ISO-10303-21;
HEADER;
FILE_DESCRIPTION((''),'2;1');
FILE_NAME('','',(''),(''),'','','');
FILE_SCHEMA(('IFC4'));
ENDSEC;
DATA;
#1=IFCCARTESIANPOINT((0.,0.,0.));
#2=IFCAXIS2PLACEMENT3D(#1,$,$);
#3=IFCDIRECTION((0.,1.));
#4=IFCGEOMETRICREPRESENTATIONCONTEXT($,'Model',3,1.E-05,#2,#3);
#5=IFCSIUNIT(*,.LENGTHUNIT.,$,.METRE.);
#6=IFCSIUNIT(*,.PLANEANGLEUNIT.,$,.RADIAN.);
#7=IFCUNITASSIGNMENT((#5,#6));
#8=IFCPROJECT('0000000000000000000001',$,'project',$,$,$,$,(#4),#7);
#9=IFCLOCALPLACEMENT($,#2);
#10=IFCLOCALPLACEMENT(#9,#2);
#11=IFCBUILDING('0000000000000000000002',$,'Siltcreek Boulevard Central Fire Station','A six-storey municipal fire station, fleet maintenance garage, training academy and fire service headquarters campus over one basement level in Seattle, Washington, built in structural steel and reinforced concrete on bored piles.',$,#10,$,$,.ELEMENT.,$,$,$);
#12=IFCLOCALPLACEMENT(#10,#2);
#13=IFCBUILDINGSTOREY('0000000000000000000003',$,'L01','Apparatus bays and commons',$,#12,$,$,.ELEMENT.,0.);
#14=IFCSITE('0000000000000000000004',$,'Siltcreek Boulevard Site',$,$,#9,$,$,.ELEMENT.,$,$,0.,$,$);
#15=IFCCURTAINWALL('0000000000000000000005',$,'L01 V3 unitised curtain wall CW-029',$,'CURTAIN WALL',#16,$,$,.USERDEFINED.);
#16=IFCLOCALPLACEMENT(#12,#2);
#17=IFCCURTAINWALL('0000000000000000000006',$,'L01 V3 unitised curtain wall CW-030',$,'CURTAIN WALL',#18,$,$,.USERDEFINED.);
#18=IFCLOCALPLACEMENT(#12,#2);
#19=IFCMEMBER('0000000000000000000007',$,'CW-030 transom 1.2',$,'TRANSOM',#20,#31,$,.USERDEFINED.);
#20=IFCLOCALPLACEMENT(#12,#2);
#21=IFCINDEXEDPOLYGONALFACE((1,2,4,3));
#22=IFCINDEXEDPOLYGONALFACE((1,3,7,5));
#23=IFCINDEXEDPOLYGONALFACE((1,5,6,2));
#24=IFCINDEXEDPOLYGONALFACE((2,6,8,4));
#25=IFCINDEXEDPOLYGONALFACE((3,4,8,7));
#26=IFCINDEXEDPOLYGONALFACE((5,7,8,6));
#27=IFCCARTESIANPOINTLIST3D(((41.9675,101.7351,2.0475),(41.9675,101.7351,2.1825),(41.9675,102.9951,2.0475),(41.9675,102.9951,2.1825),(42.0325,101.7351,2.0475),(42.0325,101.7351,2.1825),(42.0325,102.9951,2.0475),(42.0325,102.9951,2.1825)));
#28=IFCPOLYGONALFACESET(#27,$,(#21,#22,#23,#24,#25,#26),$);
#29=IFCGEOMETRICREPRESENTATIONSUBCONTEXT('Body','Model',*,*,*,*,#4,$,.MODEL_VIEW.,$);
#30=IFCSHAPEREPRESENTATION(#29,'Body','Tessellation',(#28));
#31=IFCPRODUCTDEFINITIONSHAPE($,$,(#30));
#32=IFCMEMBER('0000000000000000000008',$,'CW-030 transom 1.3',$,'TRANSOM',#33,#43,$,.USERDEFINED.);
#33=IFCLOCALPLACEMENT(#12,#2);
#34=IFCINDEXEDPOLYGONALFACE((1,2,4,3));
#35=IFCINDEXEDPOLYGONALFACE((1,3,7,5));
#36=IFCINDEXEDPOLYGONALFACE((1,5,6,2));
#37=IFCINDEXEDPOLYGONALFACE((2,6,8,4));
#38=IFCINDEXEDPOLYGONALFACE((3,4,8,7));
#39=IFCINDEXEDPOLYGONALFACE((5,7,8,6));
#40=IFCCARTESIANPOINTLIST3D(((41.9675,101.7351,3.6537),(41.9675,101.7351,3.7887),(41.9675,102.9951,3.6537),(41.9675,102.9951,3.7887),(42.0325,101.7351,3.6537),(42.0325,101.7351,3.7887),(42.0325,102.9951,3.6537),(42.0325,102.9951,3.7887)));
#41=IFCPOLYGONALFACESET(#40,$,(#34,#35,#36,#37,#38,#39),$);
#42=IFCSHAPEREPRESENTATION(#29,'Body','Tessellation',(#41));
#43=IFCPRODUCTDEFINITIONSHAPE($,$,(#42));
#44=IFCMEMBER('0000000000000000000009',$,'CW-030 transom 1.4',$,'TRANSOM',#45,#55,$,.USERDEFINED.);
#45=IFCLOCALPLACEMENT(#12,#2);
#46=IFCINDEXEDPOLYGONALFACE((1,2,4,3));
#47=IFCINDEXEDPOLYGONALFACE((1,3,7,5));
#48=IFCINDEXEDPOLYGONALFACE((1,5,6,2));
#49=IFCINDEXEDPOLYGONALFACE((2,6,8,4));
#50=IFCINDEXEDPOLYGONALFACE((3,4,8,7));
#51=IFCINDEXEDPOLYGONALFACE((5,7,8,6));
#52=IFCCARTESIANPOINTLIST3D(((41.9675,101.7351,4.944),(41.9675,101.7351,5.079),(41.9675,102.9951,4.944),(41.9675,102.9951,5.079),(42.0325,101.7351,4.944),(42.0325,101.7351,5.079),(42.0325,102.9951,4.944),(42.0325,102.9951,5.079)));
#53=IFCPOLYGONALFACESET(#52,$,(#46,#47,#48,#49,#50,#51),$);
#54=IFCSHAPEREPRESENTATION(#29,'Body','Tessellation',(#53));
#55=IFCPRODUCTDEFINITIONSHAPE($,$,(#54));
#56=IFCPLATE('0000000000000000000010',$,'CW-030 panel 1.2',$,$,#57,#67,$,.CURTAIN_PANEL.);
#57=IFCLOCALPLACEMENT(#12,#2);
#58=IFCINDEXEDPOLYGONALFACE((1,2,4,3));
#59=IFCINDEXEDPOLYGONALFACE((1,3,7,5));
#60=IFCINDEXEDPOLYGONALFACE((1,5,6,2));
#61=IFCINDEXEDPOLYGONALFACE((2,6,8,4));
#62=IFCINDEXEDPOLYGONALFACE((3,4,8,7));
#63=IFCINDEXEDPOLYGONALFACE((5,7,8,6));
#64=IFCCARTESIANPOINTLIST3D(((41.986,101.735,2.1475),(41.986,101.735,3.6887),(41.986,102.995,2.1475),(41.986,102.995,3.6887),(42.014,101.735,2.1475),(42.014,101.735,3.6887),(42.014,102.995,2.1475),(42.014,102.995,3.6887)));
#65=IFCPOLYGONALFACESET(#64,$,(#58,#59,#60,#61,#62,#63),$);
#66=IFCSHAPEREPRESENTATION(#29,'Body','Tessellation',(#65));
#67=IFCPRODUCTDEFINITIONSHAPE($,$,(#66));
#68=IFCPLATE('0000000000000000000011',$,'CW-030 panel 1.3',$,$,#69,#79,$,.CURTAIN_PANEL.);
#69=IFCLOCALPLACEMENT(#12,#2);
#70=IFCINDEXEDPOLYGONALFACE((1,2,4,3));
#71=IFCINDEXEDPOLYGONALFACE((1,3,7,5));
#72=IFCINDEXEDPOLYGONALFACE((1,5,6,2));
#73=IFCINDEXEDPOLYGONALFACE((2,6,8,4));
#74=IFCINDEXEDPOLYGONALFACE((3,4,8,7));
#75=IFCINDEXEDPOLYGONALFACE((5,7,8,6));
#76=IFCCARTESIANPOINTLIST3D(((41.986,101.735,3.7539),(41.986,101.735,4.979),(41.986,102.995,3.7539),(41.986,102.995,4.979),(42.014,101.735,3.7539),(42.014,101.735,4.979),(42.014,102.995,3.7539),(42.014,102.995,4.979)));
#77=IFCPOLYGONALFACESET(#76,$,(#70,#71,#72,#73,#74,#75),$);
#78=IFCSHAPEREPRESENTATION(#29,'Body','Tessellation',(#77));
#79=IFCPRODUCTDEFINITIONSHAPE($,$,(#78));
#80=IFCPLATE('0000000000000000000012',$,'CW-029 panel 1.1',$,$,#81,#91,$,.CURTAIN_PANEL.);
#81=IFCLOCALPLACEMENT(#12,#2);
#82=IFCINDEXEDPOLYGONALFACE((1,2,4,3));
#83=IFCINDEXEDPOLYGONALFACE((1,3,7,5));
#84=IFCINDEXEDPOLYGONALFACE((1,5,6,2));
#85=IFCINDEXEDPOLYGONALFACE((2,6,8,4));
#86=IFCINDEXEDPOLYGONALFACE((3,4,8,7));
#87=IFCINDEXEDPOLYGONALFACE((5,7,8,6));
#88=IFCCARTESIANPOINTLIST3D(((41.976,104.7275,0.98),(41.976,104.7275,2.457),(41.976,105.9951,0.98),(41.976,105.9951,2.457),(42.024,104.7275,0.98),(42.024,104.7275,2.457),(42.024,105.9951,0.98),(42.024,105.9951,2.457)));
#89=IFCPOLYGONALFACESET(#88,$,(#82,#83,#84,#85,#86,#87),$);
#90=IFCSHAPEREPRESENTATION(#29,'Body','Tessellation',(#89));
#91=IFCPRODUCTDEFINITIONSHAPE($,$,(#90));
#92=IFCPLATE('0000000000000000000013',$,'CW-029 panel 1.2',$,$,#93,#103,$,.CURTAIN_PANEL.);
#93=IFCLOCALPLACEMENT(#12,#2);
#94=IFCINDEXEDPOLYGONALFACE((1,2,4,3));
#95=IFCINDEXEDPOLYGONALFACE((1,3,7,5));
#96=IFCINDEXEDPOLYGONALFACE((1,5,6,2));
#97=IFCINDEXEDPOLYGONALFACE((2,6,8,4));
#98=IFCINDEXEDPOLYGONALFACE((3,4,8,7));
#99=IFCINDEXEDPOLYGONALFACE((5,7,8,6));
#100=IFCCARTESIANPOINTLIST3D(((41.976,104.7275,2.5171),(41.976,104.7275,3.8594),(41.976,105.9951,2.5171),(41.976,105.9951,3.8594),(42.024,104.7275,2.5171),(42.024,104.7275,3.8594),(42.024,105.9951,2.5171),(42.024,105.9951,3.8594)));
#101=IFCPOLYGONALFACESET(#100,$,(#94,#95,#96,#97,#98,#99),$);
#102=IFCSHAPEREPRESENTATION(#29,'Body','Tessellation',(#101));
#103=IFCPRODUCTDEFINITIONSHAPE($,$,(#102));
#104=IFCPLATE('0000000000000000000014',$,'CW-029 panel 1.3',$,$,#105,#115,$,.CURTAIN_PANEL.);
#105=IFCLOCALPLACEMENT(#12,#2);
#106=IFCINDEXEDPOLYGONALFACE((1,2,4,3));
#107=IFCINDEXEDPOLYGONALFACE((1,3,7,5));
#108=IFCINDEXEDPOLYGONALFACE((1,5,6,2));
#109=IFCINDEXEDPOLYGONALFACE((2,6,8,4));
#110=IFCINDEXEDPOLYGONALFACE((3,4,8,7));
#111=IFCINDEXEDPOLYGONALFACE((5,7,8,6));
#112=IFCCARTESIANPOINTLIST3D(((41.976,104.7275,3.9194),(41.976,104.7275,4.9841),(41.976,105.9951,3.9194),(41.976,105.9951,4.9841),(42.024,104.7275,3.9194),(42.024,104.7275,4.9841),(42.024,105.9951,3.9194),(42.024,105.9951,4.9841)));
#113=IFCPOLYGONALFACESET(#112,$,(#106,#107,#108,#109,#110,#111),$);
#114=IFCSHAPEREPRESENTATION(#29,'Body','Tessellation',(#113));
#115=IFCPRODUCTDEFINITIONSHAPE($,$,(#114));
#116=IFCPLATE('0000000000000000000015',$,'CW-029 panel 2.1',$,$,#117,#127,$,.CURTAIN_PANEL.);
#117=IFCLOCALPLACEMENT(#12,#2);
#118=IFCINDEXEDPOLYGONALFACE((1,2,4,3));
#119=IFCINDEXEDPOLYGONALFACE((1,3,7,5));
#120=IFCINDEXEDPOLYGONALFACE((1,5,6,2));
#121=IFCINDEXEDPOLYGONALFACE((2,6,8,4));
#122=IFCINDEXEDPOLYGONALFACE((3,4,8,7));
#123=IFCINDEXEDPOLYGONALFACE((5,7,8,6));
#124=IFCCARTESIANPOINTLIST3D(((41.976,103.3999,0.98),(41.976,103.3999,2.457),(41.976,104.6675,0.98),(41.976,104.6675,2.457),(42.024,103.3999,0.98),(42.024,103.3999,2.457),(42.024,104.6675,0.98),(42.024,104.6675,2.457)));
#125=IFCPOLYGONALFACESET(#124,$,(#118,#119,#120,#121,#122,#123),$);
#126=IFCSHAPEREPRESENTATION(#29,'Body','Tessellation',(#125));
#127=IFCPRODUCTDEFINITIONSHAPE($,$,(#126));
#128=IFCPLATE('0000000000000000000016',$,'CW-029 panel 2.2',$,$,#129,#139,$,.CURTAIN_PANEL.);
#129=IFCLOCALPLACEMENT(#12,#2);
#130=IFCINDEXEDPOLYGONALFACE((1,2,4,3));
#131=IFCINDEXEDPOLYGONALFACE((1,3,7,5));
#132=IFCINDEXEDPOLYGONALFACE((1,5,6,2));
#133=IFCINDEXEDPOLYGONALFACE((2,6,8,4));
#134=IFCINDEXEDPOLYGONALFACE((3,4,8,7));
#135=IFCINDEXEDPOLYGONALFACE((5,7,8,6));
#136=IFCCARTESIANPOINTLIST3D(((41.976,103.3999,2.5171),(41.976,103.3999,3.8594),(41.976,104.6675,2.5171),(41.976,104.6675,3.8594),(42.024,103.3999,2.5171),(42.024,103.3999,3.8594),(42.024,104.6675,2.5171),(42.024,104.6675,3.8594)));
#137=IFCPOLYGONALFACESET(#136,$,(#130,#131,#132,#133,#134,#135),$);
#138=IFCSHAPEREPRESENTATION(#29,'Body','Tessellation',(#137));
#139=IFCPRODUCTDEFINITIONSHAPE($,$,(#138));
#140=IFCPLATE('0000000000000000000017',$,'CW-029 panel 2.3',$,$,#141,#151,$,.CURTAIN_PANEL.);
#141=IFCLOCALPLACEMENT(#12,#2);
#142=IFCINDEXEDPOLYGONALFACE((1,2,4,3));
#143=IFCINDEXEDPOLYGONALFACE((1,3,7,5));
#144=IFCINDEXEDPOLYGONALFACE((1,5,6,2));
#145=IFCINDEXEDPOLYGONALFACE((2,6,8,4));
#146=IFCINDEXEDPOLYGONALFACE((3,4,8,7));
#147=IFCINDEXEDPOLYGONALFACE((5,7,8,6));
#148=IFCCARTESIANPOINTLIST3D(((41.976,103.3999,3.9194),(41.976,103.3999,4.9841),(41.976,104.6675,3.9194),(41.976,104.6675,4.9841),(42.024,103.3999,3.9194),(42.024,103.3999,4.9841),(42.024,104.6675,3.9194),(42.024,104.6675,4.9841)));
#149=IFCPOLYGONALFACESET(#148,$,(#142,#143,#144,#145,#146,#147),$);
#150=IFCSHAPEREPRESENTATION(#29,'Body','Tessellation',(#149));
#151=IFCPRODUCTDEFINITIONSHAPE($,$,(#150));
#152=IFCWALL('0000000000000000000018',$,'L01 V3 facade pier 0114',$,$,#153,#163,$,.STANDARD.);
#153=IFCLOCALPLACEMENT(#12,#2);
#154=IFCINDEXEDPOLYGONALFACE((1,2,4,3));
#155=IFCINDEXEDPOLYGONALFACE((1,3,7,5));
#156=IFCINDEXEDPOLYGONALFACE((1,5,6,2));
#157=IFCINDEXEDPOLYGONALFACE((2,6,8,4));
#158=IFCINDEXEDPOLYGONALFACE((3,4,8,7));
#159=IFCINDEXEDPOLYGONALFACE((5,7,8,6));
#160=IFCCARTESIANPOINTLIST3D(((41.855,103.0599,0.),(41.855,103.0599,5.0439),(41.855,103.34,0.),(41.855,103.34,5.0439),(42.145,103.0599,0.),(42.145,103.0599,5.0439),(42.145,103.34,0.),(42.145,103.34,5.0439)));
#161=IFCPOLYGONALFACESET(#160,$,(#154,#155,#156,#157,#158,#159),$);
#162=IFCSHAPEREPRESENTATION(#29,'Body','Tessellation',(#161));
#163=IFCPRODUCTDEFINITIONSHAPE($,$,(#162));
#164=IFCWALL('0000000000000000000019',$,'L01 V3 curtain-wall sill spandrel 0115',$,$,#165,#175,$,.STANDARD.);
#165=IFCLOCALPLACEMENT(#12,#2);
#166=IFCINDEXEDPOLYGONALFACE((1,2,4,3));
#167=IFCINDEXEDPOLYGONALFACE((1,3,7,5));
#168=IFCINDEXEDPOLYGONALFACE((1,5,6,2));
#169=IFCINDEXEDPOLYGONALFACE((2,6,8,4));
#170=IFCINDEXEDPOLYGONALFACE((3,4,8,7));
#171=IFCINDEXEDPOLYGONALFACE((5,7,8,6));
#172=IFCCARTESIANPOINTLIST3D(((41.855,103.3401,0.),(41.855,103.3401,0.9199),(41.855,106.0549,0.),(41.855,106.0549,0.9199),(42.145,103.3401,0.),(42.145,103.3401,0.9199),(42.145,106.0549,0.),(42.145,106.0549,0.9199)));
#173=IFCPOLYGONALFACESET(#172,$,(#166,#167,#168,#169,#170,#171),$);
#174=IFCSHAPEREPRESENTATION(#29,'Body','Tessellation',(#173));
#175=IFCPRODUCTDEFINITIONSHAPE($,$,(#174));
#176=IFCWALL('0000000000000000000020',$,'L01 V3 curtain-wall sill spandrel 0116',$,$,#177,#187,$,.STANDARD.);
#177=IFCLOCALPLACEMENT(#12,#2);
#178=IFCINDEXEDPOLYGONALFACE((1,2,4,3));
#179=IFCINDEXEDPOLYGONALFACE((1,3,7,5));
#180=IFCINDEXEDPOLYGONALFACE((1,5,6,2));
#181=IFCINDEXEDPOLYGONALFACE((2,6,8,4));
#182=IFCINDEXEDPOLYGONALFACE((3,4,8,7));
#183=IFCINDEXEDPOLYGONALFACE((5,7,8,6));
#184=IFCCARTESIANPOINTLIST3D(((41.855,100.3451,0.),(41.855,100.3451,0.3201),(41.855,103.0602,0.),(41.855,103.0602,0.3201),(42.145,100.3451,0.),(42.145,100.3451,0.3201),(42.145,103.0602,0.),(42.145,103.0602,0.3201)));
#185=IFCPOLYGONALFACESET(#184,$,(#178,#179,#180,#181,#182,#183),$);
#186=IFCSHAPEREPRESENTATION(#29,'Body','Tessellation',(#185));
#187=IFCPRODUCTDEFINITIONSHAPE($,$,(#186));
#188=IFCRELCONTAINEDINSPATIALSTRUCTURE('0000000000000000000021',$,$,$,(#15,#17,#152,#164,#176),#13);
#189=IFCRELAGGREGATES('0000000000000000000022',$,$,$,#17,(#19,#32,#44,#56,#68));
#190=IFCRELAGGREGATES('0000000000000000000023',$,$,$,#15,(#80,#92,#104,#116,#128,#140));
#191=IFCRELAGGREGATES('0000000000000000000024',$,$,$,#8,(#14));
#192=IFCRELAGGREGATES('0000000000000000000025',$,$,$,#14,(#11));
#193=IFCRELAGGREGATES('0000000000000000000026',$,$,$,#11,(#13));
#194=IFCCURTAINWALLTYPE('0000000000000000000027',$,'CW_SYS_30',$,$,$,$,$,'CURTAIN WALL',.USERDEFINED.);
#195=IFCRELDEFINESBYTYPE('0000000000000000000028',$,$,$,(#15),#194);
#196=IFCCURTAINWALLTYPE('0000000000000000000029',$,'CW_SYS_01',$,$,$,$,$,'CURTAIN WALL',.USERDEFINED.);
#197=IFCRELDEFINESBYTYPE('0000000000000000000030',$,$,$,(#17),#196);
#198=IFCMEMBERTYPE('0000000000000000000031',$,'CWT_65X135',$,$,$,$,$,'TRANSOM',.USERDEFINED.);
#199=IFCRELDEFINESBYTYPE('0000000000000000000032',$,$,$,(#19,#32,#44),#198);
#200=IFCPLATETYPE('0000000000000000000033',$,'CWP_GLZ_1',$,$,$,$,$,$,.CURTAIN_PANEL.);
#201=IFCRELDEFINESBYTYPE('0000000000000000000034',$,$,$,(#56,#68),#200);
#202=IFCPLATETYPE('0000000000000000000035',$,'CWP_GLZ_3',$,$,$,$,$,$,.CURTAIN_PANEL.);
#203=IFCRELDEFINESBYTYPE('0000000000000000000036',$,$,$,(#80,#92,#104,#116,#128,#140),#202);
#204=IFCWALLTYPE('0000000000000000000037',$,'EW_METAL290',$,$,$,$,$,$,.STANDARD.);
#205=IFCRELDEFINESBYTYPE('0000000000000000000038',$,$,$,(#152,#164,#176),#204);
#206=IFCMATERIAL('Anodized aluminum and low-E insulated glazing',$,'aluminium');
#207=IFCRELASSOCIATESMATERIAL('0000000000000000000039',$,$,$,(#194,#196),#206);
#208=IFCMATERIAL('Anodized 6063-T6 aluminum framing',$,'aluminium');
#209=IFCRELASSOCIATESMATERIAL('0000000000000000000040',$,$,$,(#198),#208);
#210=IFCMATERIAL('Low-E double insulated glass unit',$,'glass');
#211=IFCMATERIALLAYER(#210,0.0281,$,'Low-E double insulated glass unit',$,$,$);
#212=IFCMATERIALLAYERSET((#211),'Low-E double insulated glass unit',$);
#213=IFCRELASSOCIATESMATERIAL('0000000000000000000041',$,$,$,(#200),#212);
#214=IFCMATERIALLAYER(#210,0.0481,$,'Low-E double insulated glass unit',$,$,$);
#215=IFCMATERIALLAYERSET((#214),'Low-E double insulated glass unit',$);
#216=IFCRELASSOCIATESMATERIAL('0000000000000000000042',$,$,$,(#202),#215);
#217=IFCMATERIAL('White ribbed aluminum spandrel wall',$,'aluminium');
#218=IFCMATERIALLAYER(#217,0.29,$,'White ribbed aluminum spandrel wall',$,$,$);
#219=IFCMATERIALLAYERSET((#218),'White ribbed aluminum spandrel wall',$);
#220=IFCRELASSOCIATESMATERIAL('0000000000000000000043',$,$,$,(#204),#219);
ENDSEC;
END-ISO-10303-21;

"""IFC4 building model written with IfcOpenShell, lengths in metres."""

from ifc_helpers import new_model, si_unit, direction, frame, frame_2d, origin, origin_2d, place, context, subcontext, project, spatial, rectangle, extrude, material, layer, layer_set, material_profile, profile_set, type_object, element, aggregate, save


model = new_model("IFC4")

# Units and contexts
model_context = context("Model", 3, precision=1e-05, world=origin(), true_north=direction((0.0, 1.0)))
body_context = subcontext(model_context, "Body", "Model", "MODEL_VIEW")
ifc_project = project(units=[si_unit("LENGTHUNIT", "METRE"), si_unit("PLANEANGLEUNIT", "RADIAN")], contexts=[model_context])

# Site, building, storey
site_placement = place(None, origin())
site = spatial("IfcSite", under=ifc_project, at=site_placement, Name="Siltcreek Boulevard Site", CompositionType="ELEMENT", RefElevation=0.0)
building_placement = place(site_placement, origin())
building = spatial("IfcBuilding", under=site, at=building_placement, Name="Siltcreek Boulevard Central Fire Station", Description="A six-storey municipal fire station, fleet maintenance garage, training academy and fire service headquarters campus over one basement level in Seattle, Washington, built in structural steel and reinforced concrete on bored piles.", CompositionType="ELEMENT")
storey_placement = place(building_placement, origin())
storey = spatial("IfcBuildingStorey", under=building, at=storey_placement, Name="L01", Description="Apparatus bays and commons", CompositionType="ELEMENT", Elevation=0.0)

# Curtain wall
ifc_material_1 = material(Name="Anodized aluminum and low-E insulated glazing", Category="aluminium")
curtain_wall_type_1 = type_object("IfcCurtainWallType", Name="CW_SYS_30", ElementType="CURTAIN WALL", PredefinedType="USERDEFINED", material=ifc_material_1)
curtain_wall_1_placement = place(storey_placement, origin())
curtain_wall_1 = element("IfcCurtainWall", 1, at=curtain_wall_1_placement, inside=storey, type_object=curtain_wall_type_1, Name="L01 V3 unitised curtain wall CW-029", ObjectType="CURTAIN WALL", PredefinedType="USERDEFINED")
ifc_material_2 = material(Name="Anodized 6063-T6 aluminum framing", Category="aluminium")

# Curtain wall
curtain_wall_type_2 = type_object("IfcCurtainWallType", Name="CW_SYS_01", ElementType="CURTAIN WALL", PredefinedType="USERDEFINED", material=ifc_material_1)
curtain_wall_2_placement = place(storey_placement, origin())
curtain_wall_2 = element("IfcCurtainWall", 2, at=curtain_wall_2_placement, inside=storey, type_object=curtain_wall_type_2, Name="L01 V3 unitised curtain wall CW-030", ObjectType="CURTAIN WALL", PredefinedType="USERDEFINED")

# Members
ifc_material_profile_1 = material_profile(ifc_material_2, rectangle(XDim=0.0649, YDim=0.135, at=origin_2d()), Name="TRAN65X135")
ifc_profile_set_1 = profile_set([ifc_material_profile_1], Name="Anodized 6063-T6 aluminum framing")
member_type_1 = type_object("IfcMemberType", Name="CWT_65X135", ElementType="TRANSOM", PredefinedType="USERDEFINED", material=ifc_profile_set_1)
member_1_placement = place(storey_placement, frame((42.0, 102.9951, 2.115), z_axis=(0.0, -1.0, 0.0), x_axis=(1.0, 0.0, 0.0)))
member_1 = element("IfcMember", 3, at=member_1_placement, type_object=member_type_1, Name="CW-030 transom 1.2", ObjectType="TRANSOM", PredefinedType="USERDEFINED", context=body_context, shape_type="SweptSolid", body=[
    extrude(rectangle(XDim=0.0649, YDim=0.135, at=origin_2d()), origin(), (0.0, 0.0, 1.0), 1.26),
])
member_2_placement = place(storey_placement, frame((42.0, 102.9951, 3.7212), z_axis=(0.0, -1.0, 0.0), x_axis=(1.0, 0.0, 0.0)))
member_2 = element("IfcMember", 4, at=member_2_placement, type_object=member_type_1, Name="CW-030 transom 1.3", ObjectType="TRANSOM", PredefinedType="USERDEFINED", context=body_context, shape_type="SweptSolid", body=[
    extrude(rectangle(XDim=0.0649, YDim=0.135, at=origin_2d()), origin(), (0.0, 0.0, 1.0), 1.26),
])
member_3_placement = place(storey_placement, frame((42.0, 102.9951, 5.0115), z_axis=(0.0, -1.0, 0.0), x_axis=(1.0, 0.0, 0.0)))
member_3 = element("IfcMember", 5, at=member_3_placement, type_object=member_type_1, Name="CW-030 transom 1.4", ObjectType="TRANSOM", PredefinedType="USERDEFINED", context=body_context, shape_type="SweptSolid", body=[
    extrude(rectangle(XDim=0.0649, YDim=0.135, at=origin_2d()), origin(), (0.0, 0.0, 1.0), 1.26),
])

# Plates
ifc_material_3 = material(Name="Low-E double insulated glass unit", Category="glass")
ifc_layer_1 = layer(ifc_material_3, 0.0281, Name="Low-E double insulated glass unit")
ifc_layer_set_1 = layer_set([ifc_layer_1], Name="Low-E double insulated glass unit")
plate_type_1 = type_object("IfcPlateType", Name="CWP_GLZ_1", PredefinedType="CURTAIN_PANEL", material=ifc_layer_set_1)
plate_1_placement = place(storey_placement, frame((42.0, 102.365, 2.1475), z_axis=(0.0, 0.0, 1.0), x_axis=(0.0, -1.0, 0.0)))
plate_1 = element("IfcPlate", 6, at=plate_1_placement, type_object=plate_type_1, Name="CW-030 panel 1.2", PredefinedType="CURTAIN_PANEL", context=body_context, shape_type="SweptSolid", body=[
    extrude(rectangle(XDim=1.26, YDim=0.0281, at=origin_2d()), origin(), (0.0, 0.0, 1.0), 1.5413),
])
plate_2_placement = place(storey_placement, frame((42.0, 102.365, 3.7539), z_axis=(0.0, 0.0, 1.0), x_axis=(0.0, -1.0, 0.0)))
plate_2 = element("IfcPlate", 7, at=plate_2_placement, type_object=plate_type_1, Name="CW-030 panel 1.3", PredefinedType="CURTAIN_PANEL", context=body_context, shape_type="SweptSolid", body=[
    extrude(rectangle(XDim=1.26, YDim=0.0281, at=origin_2d()), origin(), (0.0, 0.0, 1.0), 1.2251),
])
aggregate(curtain_wall_2, [member_1, member_2, member_3, plate_1, plate_2])
ifc_layer_2 = layer(ifc_material_3, 0.0481, Name="Low-E double insulated glass unit")
ifc_layer_set_2 = layer_set([ifc_layer_2], Name="Low-E double insulated glass unit")
plate_type_2 = type_object("IfcPlateType", Name="CWP_GLZ_3", PredefinedType="CURTAIN_PANEL", material=ifc_layer_set_2)
plate_3_placement = place(storey_placement, frame((42.0, 105.3613, 0.98), z_axis=(0.0, 0.0, 1.0), x_axis=(0.0, -1.0, 0.0)))
plate_3 = element("IfcPlate", 8, at=plate_3_placement, type_object=plate_type_2, Name="CW-029 panel 1.1", PredefinedType="CURTAIN_PANEL", context=body_context, shape_type="SweptSolid", body=[
    extrude(rectangle(XDim=1.2676, YDim=0.0481, at=origin_2d()), origin(), (0.0, 0.0, 1.0), 1.4771),
])
plate_4_placement = place(storey_placement, frame((42.0, 105.3613, 2.5171), z_axis=(0.0, 0.0, 1.0), x_axis=(0.0, -1.0, 0.0)))
plate_4 = element("IfcPlate", 9, at=plate_4_placement, type_object=plate_type_2, Name="CW-029 panel 1.2", PredefinedType="CURTAIN_PANEL", context=body_context, shape_type="SweptSolid", body=[
    extrude(rectangle(XDim=1.2676, YDim=0.0481, at=origin_2d()), origin(), (0.0, 0.0, 1.0), 1.3423),
])
plate_5_placement = place(storey_placement, frame((42.0, 105.3613, 3.9194), z_axis=(0.0, 0.0, 1.0), x_axis=(0.0, -1.0, 0.0)))
plate_5 = element("IfcPlate", 10, at=plate_5_placement, type_object=plate_type_2, Name="CW-029 panel 1.3", PredefinedType="CURTAIN_PANEL", context=body_context, shape_type="SweptSolid", body=[
    extrude(rectangle(XDim=1.2676, YDim=0.0481, at=origin_2d()), origin(), (0.0, 0.0, 1.0), 1.0647),
])
plate_6_placement = place(storey_placement, frame((42.0, 104.0337, 0.98), z_axis=(0.0, 0.0, 1.0), x_axis=(0.0, -1.0, 0.0)))
plate_6 = element("IfcPlate", 11, at=plate_6_placement, type_object=plate_type_2, Name="CW-029 panel 2.1", PredefinedType="CURTAIN_PANEL", context=body_context, shape_type="SweptSolid", body=[
    extrude(rectangle(XDim=1.2676, YDim=0.0481, at=origin_2d()), origin(), (0.0, 0.0, 1.0), 1.4771),
])
plate_7_placement = place(storey_placement, frame((42.0, 104.0337, 2.5171), z_axis=(0.0, 0.0, 1.0), x_axis=(0.0, -1.0, 0.0)))
plate_7 = element("IfcPlate", 12, at=plate_7_placement, type_object=plate_type_2, Name="CW-029 panel 2.2", PredefinedType="CURTAIN_PANEL", context=body_context, shape_type="SweptSolid", body=[
    extrude(rectangle(XDim=1.2676, YDim=0.0481, at=origin_2d()), origin(), (0.0, 0.0, 1.0), 1.3423),
])
plate_8_placement = place(storey_placement, frame((42.0, 104.0337, 3.9194), z_axis=(0.0, 0.0, 1.0), x_axis=(0.0, -1.0, 0.0)))
plate_8 = element("IfcPlate", 13, at=plate_8_placement, type_object=plate_type_2, Name="CW-029 panel 2.3", PredefinedType="CURTAIN_PANEL", context=body_context, shape_type="SweptSolid", body=[
    extrude(rectangle(XDim=1.2676, YDim=0.0481, at=origin_2d()), origin(), (0.0, 0.0, 1.0), 1.0647),
])
aggregate(curtain_wall_1, [plate_3, plate_4, plate_5, plate_6, plate_7, plate_8])

# Walls
ifc_material_4 = material(Name="White ribbed aluminum spandrel wall", Category="aluminium")
ifc_layer_3 = layer(ifc_material_4, 0.29, Name="White ribbed aluminum spandrel wall")
ifc_layer_set_3 = layer_set([ifc_layer_3], Name="White ribbed aluminum spandrel wall")
wall_type = type_object("IfcWallType", Name="EW_METAL290", PredefinedType="STANDARD", material=ifc_layer_set_3)
wall_1_placement = place(storey_placement, frame((42.0, 103.3401, 0.0), z_axis=(0.0, 0.0, 1.0), x_axis=(0.0, -1.0, 0.0)))
element("IfcWall", 14, at=wall_1_placement, inside=storey, type_object=wall_type, Name="L01 V3 facade pier 0114", PredefinedType="STANDARD", context=body_context, shape_type="SweptSolid", body=[
    extrude(rectangle(XDim=0.28, YDim=0.29, at=frame_2d((0.1401, 0.0))), origin(), (0.0, 0.0, 1.0), 5.0439),
])
wall_2_placement = place(storey_placement, frame((42.0, 106.0549, 0.0), z_axis=(0.0, 0.0, 1.0), x_axis=(0.0, -1.0, 0.0)))
element("IfcWall", 15, at=wall_2_placement, inside=storey, type_object=wall_type, Name="L01 V3 curtain-wall sill spandrel 0115", PredefinedType="STANDARD", context=body_context, shape_type="SweptSolid", body=[
    extrude(rectangle(XDim=2.7148, YDim=0.29, at=frame_2d((1.3574, 0.0))), origin(), (0.0, 0.0, 1.0), 0.9199),
])
wall_3_placement = place(storey_placement, frame((42.0, 103.0601, 0.0), z_axis=(0.0, 0.0, 1.0), x_axis=(0.0, -1.0, 0.0)))
element("IfcWall", 16, at=wall_3_placement, inside=storey, type_object=wall_type, Name="L01 V3 curtain-wall sill spandrel 0116", PredefinedType="STANDARD", context=body_context, shape_type="SweptSolid", body=[
    extrude(rectangle(XDim=2.7151, YDim=0.29, at=frame_2d((1.3574, 0.0))), origin(), (0.0, 0.0, 1.0), 0.3201),
])

save(model, "model.ifc")
